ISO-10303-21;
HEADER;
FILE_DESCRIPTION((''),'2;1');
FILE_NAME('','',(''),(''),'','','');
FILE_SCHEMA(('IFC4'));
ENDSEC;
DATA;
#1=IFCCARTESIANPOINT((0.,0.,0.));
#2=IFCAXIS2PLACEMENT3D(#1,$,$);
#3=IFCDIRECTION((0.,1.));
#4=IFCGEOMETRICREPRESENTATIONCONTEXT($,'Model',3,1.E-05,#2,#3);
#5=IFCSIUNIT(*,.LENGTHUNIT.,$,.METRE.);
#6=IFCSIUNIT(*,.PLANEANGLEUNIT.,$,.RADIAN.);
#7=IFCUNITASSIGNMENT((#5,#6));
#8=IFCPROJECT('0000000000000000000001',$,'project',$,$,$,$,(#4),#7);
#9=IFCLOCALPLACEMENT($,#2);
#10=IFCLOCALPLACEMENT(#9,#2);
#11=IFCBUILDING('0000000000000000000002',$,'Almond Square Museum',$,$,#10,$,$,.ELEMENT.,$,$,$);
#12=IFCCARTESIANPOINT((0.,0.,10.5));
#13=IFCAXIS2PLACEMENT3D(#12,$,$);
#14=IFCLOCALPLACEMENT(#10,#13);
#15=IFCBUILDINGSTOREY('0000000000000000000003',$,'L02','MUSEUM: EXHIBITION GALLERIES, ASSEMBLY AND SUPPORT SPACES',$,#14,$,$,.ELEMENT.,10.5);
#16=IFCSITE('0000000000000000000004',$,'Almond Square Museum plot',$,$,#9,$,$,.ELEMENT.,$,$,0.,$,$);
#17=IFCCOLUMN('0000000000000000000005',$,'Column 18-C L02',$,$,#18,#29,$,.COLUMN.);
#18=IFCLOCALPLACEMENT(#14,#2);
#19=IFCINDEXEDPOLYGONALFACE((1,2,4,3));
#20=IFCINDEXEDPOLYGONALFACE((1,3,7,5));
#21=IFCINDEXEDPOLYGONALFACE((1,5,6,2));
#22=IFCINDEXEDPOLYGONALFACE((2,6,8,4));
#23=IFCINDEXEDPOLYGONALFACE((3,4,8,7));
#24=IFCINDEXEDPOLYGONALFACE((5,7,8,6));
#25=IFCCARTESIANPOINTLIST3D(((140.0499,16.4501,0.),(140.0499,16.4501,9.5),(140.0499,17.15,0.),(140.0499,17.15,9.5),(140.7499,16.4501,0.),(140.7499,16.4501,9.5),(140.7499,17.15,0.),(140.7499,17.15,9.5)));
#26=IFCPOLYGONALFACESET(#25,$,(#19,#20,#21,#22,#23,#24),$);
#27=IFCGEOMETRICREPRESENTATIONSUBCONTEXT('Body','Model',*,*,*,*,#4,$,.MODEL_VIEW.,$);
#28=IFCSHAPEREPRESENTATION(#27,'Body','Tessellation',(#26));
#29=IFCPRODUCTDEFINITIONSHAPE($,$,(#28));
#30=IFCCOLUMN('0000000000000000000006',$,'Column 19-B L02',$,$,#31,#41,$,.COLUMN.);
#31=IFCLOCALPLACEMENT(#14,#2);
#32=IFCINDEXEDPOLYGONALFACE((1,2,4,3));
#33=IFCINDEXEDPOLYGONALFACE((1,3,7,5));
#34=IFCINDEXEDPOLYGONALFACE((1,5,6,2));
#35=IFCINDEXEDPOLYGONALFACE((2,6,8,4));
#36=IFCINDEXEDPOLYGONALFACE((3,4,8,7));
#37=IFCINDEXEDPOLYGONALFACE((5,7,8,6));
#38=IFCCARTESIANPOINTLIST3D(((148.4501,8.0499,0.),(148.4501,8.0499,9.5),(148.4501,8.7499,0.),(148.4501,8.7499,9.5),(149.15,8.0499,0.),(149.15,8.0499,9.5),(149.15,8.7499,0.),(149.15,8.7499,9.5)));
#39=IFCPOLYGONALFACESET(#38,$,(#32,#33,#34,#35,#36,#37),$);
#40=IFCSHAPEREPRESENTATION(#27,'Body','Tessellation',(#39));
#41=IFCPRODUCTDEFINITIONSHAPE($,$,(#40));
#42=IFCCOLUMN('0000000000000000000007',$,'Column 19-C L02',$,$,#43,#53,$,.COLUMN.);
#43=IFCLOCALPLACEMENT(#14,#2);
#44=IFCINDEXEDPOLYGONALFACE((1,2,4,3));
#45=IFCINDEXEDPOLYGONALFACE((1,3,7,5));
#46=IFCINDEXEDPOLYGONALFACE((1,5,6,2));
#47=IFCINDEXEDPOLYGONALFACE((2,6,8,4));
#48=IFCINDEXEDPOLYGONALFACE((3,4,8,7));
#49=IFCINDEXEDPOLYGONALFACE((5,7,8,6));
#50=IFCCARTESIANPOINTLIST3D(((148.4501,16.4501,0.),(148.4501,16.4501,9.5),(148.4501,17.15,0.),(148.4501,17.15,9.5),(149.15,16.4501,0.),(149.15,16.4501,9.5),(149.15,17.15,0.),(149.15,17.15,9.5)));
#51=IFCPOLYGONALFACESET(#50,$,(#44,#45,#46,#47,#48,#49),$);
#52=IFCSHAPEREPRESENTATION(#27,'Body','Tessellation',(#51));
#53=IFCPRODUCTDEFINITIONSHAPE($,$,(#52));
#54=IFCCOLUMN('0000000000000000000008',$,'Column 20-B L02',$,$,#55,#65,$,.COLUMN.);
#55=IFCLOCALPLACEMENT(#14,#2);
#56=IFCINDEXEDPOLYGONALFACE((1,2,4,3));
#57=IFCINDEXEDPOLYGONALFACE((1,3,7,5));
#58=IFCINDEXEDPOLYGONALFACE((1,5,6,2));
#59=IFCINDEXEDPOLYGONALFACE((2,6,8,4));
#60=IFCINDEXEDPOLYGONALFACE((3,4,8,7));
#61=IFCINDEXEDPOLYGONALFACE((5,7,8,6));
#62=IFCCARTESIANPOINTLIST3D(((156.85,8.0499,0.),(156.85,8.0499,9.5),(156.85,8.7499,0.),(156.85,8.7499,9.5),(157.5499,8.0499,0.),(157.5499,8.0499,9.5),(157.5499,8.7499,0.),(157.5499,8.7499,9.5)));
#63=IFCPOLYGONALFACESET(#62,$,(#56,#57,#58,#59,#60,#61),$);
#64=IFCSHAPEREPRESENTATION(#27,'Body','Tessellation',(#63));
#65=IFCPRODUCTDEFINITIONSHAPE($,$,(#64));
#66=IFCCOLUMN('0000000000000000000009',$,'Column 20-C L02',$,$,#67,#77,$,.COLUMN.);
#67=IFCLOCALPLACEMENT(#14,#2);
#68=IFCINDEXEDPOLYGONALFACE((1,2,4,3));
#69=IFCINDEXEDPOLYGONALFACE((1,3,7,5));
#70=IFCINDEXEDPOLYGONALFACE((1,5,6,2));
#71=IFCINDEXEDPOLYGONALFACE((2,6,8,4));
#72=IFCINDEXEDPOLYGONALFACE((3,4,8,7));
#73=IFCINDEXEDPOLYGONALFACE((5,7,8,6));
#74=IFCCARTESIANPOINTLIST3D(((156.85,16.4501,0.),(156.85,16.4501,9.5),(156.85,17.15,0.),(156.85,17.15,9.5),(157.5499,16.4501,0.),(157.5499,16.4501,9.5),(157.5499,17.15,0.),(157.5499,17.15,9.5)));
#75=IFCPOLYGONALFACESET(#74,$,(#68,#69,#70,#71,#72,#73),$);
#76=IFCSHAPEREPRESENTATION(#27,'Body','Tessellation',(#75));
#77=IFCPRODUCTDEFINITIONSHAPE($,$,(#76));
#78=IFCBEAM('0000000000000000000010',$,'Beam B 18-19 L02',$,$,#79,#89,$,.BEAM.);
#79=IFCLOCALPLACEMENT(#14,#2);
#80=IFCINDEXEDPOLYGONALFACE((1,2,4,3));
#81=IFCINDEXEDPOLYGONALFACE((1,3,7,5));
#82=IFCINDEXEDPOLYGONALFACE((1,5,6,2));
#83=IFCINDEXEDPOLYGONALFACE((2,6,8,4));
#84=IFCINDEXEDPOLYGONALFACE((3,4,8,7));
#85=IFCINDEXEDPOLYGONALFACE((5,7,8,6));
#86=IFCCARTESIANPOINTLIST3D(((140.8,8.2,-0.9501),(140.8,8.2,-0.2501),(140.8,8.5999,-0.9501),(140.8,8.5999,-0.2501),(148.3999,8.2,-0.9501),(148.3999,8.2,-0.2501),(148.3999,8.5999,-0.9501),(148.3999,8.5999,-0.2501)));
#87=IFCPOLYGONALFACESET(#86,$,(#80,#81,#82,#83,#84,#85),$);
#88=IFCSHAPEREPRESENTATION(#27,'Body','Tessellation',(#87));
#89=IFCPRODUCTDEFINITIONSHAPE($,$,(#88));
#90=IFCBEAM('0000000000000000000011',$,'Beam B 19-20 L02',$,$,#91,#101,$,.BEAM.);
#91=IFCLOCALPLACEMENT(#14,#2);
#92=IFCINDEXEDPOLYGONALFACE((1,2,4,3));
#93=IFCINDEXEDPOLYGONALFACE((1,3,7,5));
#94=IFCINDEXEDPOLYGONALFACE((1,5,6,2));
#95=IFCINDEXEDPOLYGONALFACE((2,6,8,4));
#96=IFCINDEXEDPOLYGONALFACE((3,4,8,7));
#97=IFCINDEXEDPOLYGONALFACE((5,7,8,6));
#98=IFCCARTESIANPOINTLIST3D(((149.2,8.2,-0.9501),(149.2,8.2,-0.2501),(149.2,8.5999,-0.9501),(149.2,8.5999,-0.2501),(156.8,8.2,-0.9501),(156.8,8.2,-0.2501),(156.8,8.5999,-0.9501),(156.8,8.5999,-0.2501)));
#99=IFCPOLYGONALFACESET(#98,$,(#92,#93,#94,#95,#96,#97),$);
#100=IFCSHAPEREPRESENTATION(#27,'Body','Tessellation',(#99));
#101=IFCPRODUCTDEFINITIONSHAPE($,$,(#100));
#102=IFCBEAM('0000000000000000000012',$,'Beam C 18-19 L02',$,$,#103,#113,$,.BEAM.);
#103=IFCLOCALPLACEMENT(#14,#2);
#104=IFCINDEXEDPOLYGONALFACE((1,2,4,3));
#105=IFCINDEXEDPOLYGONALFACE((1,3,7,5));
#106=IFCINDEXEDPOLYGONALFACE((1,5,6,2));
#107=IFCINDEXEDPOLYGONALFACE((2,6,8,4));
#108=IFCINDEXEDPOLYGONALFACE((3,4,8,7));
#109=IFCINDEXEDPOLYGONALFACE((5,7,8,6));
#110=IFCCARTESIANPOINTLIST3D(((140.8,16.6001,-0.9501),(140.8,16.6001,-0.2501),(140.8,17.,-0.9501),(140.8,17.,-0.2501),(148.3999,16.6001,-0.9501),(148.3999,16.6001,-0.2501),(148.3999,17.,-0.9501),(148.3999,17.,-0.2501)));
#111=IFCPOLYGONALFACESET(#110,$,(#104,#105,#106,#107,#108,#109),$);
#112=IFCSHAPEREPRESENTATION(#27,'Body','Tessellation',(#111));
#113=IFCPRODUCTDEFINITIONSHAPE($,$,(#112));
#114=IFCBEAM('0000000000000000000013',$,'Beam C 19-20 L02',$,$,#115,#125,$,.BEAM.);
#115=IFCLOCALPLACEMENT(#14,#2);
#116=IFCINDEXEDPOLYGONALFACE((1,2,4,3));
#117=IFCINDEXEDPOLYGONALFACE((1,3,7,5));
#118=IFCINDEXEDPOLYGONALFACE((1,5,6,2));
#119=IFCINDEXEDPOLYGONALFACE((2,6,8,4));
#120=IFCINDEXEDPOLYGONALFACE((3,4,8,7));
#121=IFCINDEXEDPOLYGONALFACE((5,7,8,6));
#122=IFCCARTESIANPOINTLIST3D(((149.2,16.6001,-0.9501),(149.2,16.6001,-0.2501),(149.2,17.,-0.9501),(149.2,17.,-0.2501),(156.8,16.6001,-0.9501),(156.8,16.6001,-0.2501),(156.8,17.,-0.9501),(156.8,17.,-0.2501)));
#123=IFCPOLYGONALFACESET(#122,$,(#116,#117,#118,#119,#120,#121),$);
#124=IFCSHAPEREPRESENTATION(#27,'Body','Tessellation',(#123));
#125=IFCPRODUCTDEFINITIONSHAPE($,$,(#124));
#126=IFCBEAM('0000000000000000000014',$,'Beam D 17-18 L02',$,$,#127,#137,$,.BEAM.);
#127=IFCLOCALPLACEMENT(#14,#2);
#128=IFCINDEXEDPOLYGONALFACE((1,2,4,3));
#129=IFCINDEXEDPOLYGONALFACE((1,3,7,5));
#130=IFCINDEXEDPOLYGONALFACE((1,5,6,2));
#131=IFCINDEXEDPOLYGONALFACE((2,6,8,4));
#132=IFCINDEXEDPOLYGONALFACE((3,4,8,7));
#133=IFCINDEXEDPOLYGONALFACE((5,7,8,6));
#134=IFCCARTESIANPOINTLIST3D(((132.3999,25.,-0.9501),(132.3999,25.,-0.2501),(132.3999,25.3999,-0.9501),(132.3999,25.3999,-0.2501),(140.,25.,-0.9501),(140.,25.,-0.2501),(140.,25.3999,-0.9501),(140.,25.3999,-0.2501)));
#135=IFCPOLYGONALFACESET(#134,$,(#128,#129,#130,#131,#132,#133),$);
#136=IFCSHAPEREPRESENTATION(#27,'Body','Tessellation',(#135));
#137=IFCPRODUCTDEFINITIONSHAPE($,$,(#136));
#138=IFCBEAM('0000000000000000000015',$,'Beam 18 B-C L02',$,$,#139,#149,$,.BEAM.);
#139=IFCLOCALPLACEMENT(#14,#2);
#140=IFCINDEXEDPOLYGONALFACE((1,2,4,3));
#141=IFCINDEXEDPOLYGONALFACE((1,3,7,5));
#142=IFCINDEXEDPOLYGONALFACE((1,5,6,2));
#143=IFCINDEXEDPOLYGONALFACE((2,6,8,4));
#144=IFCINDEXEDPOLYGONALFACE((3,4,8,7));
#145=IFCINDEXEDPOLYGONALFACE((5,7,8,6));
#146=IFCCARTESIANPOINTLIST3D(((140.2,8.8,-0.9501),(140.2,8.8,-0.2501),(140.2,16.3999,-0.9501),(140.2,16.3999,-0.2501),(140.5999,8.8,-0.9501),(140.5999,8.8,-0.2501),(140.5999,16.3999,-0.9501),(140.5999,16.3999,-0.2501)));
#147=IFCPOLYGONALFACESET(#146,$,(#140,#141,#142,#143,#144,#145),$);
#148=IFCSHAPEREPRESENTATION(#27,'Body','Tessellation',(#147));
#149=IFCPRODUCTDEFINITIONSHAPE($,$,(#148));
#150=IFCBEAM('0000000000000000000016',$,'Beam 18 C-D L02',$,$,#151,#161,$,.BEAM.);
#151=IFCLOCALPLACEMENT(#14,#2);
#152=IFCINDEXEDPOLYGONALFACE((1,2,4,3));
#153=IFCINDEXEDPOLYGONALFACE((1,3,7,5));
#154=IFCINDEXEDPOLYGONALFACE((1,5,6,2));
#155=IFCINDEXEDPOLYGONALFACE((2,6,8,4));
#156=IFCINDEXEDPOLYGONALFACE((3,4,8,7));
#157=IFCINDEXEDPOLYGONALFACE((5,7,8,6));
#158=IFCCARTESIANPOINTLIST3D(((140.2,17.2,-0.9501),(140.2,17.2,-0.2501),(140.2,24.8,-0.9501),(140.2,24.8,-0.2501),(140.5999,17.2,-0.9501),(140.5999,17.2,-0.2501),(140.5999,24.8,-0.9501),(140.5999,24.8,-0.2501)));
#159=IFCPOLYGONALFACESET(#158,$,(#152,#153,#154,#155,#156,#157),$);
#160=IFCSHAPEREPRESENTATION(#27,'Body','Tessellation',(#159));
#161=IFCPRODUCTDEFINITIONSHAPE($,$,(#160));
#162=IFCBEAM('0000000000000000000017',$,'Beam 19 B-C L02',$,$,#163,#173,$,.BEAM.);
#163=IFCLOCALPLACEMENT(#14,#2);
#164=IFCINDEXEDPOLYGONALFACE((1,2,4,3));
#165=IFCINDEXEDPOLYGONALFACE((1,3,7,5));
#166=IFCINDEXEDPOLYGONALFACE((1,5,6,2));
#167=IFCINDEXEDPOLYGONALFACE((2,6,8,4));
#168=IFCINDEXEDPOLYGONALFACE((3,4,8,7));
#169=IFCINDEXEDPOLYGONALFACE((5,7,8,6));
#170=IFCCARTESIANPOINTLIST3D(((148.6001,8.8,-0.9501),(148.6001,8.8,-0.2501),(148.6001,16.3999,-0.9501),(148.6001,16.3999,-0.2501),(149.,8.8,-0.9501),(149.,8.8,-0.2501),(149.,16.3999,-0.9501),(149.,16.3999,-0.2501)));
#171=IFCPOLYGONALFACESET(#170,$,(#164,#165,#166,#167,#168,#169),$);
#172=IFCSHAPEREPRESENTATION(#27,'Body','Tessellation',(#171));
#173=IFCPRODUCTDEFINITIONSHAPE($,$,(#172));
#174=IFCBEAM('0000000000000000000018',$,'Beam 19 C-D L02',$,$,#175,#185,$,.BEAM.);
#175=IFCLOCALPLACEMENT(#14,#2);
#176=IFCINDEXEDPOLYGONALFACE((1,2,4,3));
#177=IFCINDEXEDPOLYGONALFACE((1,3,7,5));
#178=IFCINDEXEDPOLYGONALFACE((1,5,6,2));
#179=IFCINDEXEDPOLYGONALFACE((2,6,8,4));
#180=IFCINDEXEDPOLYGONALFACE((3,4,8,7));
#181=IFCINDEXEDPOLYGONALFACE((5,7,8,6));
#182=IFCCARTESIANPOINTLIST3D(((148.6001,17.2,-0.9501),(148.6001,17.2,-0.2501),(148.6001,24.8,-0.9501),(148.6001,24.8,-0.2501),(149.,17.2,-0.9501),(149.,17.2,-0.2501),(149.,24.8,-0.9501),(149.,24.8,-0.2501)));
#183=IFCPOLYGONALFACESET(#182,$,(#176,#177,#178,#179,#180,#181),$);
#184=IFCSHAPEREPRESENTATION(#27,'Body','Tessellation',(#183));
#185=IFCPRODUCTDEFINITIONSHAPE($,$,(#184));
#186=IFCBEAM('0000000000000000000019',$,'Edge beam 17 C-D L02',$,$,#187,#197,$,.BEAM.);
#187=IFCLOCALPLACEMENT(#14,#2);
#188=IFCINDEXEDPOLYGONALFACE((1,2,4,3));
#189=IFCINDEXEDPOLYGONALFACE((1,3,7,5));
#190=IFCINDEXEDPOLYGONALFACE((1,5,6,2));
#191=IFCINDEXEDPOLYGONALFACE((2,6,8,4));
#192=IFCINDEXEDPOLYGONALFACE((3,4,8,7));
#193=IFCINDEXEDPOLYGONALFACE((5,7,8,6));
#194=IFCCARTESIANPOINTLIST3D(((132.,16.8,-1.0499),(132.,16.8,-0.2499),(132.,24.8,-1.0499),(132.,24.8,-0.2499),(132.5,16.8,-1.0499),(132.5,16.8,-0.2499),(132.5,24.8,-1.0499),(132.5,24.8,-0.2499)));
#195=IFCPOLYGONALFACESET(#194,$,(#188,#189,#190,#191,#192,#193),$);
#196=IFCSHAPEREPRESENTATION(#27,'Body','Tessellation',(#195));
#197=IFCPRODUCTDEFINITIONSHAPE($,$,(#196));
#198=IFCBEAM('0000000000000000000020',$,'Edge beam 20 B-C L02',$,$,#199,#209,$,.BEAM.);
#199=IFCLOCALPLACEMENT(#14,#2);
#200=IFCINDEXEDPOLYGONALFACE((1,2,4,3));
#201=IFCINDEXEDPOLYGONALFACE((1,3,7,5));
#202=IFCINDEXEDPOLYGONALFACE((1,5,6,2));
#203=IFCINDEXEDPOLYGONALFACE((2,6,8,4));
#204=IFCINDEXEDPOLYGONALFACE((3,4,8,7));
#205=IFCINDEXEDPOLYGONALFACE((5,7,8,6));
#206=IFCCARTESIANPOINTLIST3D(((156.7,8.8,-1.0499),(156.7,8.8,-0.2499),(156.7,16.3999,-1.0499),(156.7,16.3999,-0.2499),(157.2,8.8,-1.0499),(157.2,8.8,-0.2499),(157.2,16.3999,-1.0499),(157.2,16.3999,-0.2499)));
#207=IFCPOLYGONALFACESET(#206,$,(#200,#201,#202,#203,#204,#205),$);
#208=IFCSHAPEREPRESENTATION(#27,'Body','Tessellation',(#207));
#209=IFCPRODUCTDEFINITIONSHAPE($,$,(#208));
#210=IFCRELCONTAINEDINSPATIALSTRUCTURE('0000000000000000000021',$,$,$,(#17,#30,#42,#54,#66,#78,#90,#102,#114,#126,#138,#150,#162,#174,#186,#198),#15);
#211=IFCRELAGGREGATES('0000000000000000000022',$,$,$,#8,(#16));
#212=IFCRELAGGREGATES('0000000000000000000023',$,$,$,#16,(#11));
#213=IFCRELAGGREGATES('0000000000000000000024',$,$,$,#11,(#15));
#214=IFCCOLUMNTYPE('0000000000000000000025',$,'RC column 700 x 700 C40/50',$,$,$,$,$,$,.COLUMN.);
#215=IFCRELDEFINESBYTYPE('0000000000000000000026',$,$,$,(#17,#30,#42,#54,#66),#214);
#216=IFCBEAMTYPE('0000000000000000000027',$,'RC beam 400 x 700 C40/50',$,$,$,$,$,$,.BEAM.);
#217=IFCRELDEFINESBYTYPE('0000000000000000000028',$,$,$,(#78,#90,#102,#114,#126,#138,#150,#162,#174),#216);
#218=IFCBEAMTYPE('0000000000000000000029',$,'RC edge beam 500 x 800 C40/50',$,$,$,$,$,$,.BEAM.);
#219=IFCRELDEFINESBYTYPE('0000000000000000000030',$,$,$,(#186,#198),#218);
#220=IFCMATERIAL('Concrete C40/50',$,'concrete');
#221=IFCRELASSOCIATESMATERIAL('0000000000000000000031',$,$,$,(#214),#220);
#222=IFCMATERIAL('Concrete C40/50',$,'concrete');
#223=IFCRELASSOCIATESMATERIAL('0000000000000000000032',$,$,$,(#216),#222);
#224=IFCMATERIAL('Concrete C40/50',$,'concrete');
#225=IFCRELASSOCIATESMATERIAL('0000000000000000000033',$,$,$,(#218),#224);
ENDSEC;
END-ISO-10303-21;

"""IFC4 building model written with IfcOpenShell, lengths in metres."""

from ifc_helpers import new_model, si_unit, direction, frame, origin, origin_2d, place, context, subcontext, project, spatial, rectangle, extrude, material, material_profile, profile_set, type_object, element, save


model = new_model("IFC4")

# Units and contexts
model_context = context("Model", 3, precision=1e-05, world=origin(), true_north=direction((0.0, 1.0)))
body_context = subcontext(model_context, "Body", "Model", "MODEL_VIEW")
ifc_project = project(units=[si_unit("LENGTHUNIT", "METRE"), si_unit("PLANEANGLEUNIT", "RADIAN")], contexts=[model_context])

# Site, building, storey
site_placement = place(None, origin())
site = spatial("IfcSite", under=ifc_project, at=site_placement, Name="Almond Square Museum plot", CompositionType="ELEMENT", RefElevation=0.0)
building_placement = place(site_placement, origin())
building = spatial("IfcBuilding", under=site, at=building_placement, Name="Almond Square Museum", CompositionType="ELEMENT")
storey_placement = place(building_placement, frame((0.0, 0.0, 10.5)))
storey = spatial("IfcBuildingStorey", under=building, at=storey_placement, Name="L02", Description="MUSEUM: EXHIBITION GALLERIES, ASSEMBLY AND SUPPORT SPACES", CompositionType="ELEMENT", Elevation=10.5)

# Columns
ifc_material_1 = material(Name="Concrete C40/50", Category="concrete")
ifc_material_profile_1 = material_profile(ifc_material_1, rectangle(XDim=0.7, YDim=0.7, at=origin_2d()))
ifc_profile_set_1 = profile_set([ifc_material_profile_1], Name="Concrete C40/50")
column_type = type_object("IfcColumnType", Name="RC column 700 x 700 C40/50", PredefinedType="COLUMN", material=ifc_profile_set_1)
for number, where, z_axis, x_axis, name in (
    (1, (140.3999, 16.8, 0.0), (0.0, 0.0, 1.0), (1.0, 0.0, 0.0), "Column 18-C L02"),
    (2, (148.8, 8.3999, 0.0), (0.0, 0.0, 1.0), (1.0, 0.0, 0.0), "Column 19-B L02"),
    (3, (148.8, 16.8, 0.0), (0.0, 0.0, 1.0), (1.0, 0.0, 0.0), "Column 19-C L02"),
    (4, (157.2, 8.3999, 0.0), (0.0, 0.0, 1.0), (1.0, 0.0, 0.0), "Column 20-B L02"),
    (5, (157.2, 16.8, 0.0), (0.0, 0.0, 1.0), (1.0, 0.0, 0.0), "Column 20-C L02"),
):
    element("IfcColumn", number, at=place(storey_placement, frame(where, z_axis=z_axis, x_axis=x_axis)), inside=storey, type_object=column_type, Name=name, PredefinedType="COLUMN", context=body_context, shape_type="SweptSolid", body=[
        extrude(rectangle(XDim=0.7, YDim=0.7, at=origin_2d()), origin(), (0.0, 0.0, 1.0), 9.5),
    ])

# Beams
ifc_material_2 = material(Name="Concrete C40/50", Category="concrete")
ifc_material_profile_2 = material_profile(ifc_material_2, rectangle(XDim=0.3999, YDim=0.7, at=origin_2d()))
ifc_profile_set_2 = profile_set([ifc_material_profile_2], Name="Concrete C40/50")
beam_type_1 = type_object("IfcBeamType", Name="RC beam 400 x 700 C40/50", PredefinedType="BEAM", material=ifc_profile_set_2)
beam_1_placement = place(storey_placement, frame((140.8, 8.3999, -0.6001), z_axis=(1.0, 0.0, 0.0), x_axis=(0.0, 1.0, 0.0)))
element("IfcBeam", 6, at=beam_1_placement, inside=storey, type_object=beam_type_1, Name="Beam B 18-19 L02", PredefinedType="BEAM", context=body_context, shape_type="SweptSolid", body=[
    extrude(rectangle(XDim=0.3999, YDim=0.7, at=origin_2d()), origin(), (0.0, 0.0, 1.0), 7.5999),
])
beam_2_placement = place(storey_placement, frame((149.2, 8.3999, -0.6001), z_axis=(1.0, 0.0, 0.0), x_axis=(0.0, 1.0, 0.0)))
element("IfcBeam", 7, at=beam_2_placement, inside=storey, type_object=beam_type_1, Name="Beam B 19-20 L02", PredefinedType="BEAM", context=body_context, shape_type="SweptSolid", body=[
    extrude(rectangle(XDim=0.3999, YDim=0.7, at=origin_2d()), origin(), (0.0, 0.0, 1.0), 7.6001),
])
beam_3_placement = place(storey_placement, frame((140.8, 16.8, -0.6001), z_axis=(1.0, 0.0, 0.0), x_axis=(0.0, 1.0, 0.0)))
element("IfcBeam", 8, at=beam_3_placement, inside=storey, type_object=beam_type_1, Name="Beam C 18-19 L02", PredefinedType="BEAM", context=body_context, shape_type="SweptSolid", body=[
    extrude(rectangle(XDim=0.3999, YDim=0.7, at=origin_2d()), origin(), (0.0, 0.0, 1.0), 7.5999),
])
for number, where, z_axis, x_axis, name in (
    (9, (149.2, 16.8, -0.6001), (1.0, 0.0, 0.0), (0.0, 1.0, 0.0), "Beam C 19-20 L02"),
    (10, (132.3999, 25.2, -0.6001), (1.0, 0.0, 0.0), (0.0, 1.0, 0.0), "Beam D 17-18 L02"),
):
    element("IfcBeam", number, at=place(storey_placement, frame(where, z_axis=z_axis, x_axis=x_axis)), inside=storey, type_object=beam_type_1, Name=name, PredefinedType="BEAM", context=body_context, shape_type="SweptSolid", body=[
        extrude(rectangle(XDim=0.3999, YDim=0.7, at=origin_2d()), origin(), (0.0, 0.0, 1.0), 7.6001),
    ])
beam_4_placement = place(storey_placement, frame((140.3999, 8.8, -0.6001), z_axis=(0.0, 1.0, 0.0), x_axis=(-1.0, 0.0, 0.0)))
element("IfcBeam", 11, at=beam_4_placement, inside=storey, type_object=beam_type_1, Name="Beam 18 B-C L02", PredefinedType="BEAM", context=body_context, shape_type="SweptSolid", body=[
    extrude(rectangle(XDim=0.3999, YDim=0.7, at=origin_2d()), origin(), (0.0, 0.0, 1.0), 7.5999),
])
beam_5_placement = place(storey_placement, frame((140.3999, 17.2, -0.6001), z_axis=(0.0, 1.0, 0.0), x_axis=(-1.0, 0.0, 0.0)))
element("IfcBeam", 12, at=beam_5_placement, inside=storey, type_object=beam_type_1, Name="Beam 18 C-D L02", PredefinedType="BEAM", context=body_context, shape_type="SweptSolid", body=[
    extrude(rectangle(XDim=0.3999, YDim=0.7, at=origin_2d()), origin(), (0.0, 0.0, 1.0), 7.6001),
])
beam_6_placement = place(storey_placement, frame((148.8, 8.8, -0.6001), z_axis=(0.0, 1.0, 0.0), x_axis=(-1.0, 0.0, 0.0)))
element("IfcBeam", 13, at=beam_6_placement, inside=storey, type_object=beam_type_1, Name="Beam 19 B-C L02", PredefinedType="BEAM", context=body_context, shape_type="SweptSolid", body=[
    extrude(rectangle(XDim=0.3999, YDim=0.7, at=origin_2d()), origin(), (0.0, 0.0, 1.0), 7.5999),
])
beam_7_placement = place(storey_placement, frame((148.8, 17.2, -0.6001), z_axis=(0.0, 1.0, 0.0), x_axis=(-1.0, 0.0, 0.0)))
element("IfcBeam", 14, at=beam_7_placement, inside=storey, type_object=beam_type_1, Name="Beam 19 C-D L02", PredefinedType="BEAM", context=body_context, shape_type="SweptSolid", body=[
    extrude(rectangle(XDim=0.3999, YDim=0.7, at=origin_2d()), origin(), (0.0, 0.0, 1.0), 7.6001),
])
ifc_material_3 = material(Name="Concrete C40/50", Category="concrete")
ifc_material_profile_3 = material_profile(ifc_material_3, rectangle(XDim=0.5, YDim=0.8, at=origin_2d()))
ifc_profile_set_3 = profile_set([ifc_material_profile_3], Name="Concrete C40/50")
beam_type_2 = type_object("IfcBeamType", Name="RC edge beam 500 x 800 C40/50", PredefinedType="BEAM", material=ifc_profile_set_3)
beam_8_placement = place(storey_placement, frame((132.25, 16.8, -0.6499), z_axis=(0.0, 1.0, 0.0), x_axis=(-1.0, 0.0, 0.0)))
element("IfcBeam", 15, at=beam_8_placement, inside=storey, type_object=beam_type_2, Name="Edge beam 17 C-D L02", PredefinedType="BEAM", context=body_context, shape_type="SweptSolid", body=[
    extrude(rectangle(XDim=0.5, YDim=0.8, at=origin_2d()), origin(), (0.0, 0.0, 1.0), 8.0),
])
beam_9_placement = place(storey_placement, frame((156.95, 8.8, -0.6499), z_axis=(0.0, 1.0, 0.0), x_axis=(-1.0, 0.0, 0.0)))
element("IfcBeam", 16, at=beam_9_placement, inside=storey, type_object=beam_type_2, Name="Edge beam 20 B-C L02", PredefinedType="BEAM", context=body_context, shape_type="SweptSolid", body=[
    extrude(rectangle(XDim=0.5, YDim=0.8, at=origin_2d()), origin(), (0.0, 0.0, 1.0), 7.5999),
])

save(model, "model.ifc")
